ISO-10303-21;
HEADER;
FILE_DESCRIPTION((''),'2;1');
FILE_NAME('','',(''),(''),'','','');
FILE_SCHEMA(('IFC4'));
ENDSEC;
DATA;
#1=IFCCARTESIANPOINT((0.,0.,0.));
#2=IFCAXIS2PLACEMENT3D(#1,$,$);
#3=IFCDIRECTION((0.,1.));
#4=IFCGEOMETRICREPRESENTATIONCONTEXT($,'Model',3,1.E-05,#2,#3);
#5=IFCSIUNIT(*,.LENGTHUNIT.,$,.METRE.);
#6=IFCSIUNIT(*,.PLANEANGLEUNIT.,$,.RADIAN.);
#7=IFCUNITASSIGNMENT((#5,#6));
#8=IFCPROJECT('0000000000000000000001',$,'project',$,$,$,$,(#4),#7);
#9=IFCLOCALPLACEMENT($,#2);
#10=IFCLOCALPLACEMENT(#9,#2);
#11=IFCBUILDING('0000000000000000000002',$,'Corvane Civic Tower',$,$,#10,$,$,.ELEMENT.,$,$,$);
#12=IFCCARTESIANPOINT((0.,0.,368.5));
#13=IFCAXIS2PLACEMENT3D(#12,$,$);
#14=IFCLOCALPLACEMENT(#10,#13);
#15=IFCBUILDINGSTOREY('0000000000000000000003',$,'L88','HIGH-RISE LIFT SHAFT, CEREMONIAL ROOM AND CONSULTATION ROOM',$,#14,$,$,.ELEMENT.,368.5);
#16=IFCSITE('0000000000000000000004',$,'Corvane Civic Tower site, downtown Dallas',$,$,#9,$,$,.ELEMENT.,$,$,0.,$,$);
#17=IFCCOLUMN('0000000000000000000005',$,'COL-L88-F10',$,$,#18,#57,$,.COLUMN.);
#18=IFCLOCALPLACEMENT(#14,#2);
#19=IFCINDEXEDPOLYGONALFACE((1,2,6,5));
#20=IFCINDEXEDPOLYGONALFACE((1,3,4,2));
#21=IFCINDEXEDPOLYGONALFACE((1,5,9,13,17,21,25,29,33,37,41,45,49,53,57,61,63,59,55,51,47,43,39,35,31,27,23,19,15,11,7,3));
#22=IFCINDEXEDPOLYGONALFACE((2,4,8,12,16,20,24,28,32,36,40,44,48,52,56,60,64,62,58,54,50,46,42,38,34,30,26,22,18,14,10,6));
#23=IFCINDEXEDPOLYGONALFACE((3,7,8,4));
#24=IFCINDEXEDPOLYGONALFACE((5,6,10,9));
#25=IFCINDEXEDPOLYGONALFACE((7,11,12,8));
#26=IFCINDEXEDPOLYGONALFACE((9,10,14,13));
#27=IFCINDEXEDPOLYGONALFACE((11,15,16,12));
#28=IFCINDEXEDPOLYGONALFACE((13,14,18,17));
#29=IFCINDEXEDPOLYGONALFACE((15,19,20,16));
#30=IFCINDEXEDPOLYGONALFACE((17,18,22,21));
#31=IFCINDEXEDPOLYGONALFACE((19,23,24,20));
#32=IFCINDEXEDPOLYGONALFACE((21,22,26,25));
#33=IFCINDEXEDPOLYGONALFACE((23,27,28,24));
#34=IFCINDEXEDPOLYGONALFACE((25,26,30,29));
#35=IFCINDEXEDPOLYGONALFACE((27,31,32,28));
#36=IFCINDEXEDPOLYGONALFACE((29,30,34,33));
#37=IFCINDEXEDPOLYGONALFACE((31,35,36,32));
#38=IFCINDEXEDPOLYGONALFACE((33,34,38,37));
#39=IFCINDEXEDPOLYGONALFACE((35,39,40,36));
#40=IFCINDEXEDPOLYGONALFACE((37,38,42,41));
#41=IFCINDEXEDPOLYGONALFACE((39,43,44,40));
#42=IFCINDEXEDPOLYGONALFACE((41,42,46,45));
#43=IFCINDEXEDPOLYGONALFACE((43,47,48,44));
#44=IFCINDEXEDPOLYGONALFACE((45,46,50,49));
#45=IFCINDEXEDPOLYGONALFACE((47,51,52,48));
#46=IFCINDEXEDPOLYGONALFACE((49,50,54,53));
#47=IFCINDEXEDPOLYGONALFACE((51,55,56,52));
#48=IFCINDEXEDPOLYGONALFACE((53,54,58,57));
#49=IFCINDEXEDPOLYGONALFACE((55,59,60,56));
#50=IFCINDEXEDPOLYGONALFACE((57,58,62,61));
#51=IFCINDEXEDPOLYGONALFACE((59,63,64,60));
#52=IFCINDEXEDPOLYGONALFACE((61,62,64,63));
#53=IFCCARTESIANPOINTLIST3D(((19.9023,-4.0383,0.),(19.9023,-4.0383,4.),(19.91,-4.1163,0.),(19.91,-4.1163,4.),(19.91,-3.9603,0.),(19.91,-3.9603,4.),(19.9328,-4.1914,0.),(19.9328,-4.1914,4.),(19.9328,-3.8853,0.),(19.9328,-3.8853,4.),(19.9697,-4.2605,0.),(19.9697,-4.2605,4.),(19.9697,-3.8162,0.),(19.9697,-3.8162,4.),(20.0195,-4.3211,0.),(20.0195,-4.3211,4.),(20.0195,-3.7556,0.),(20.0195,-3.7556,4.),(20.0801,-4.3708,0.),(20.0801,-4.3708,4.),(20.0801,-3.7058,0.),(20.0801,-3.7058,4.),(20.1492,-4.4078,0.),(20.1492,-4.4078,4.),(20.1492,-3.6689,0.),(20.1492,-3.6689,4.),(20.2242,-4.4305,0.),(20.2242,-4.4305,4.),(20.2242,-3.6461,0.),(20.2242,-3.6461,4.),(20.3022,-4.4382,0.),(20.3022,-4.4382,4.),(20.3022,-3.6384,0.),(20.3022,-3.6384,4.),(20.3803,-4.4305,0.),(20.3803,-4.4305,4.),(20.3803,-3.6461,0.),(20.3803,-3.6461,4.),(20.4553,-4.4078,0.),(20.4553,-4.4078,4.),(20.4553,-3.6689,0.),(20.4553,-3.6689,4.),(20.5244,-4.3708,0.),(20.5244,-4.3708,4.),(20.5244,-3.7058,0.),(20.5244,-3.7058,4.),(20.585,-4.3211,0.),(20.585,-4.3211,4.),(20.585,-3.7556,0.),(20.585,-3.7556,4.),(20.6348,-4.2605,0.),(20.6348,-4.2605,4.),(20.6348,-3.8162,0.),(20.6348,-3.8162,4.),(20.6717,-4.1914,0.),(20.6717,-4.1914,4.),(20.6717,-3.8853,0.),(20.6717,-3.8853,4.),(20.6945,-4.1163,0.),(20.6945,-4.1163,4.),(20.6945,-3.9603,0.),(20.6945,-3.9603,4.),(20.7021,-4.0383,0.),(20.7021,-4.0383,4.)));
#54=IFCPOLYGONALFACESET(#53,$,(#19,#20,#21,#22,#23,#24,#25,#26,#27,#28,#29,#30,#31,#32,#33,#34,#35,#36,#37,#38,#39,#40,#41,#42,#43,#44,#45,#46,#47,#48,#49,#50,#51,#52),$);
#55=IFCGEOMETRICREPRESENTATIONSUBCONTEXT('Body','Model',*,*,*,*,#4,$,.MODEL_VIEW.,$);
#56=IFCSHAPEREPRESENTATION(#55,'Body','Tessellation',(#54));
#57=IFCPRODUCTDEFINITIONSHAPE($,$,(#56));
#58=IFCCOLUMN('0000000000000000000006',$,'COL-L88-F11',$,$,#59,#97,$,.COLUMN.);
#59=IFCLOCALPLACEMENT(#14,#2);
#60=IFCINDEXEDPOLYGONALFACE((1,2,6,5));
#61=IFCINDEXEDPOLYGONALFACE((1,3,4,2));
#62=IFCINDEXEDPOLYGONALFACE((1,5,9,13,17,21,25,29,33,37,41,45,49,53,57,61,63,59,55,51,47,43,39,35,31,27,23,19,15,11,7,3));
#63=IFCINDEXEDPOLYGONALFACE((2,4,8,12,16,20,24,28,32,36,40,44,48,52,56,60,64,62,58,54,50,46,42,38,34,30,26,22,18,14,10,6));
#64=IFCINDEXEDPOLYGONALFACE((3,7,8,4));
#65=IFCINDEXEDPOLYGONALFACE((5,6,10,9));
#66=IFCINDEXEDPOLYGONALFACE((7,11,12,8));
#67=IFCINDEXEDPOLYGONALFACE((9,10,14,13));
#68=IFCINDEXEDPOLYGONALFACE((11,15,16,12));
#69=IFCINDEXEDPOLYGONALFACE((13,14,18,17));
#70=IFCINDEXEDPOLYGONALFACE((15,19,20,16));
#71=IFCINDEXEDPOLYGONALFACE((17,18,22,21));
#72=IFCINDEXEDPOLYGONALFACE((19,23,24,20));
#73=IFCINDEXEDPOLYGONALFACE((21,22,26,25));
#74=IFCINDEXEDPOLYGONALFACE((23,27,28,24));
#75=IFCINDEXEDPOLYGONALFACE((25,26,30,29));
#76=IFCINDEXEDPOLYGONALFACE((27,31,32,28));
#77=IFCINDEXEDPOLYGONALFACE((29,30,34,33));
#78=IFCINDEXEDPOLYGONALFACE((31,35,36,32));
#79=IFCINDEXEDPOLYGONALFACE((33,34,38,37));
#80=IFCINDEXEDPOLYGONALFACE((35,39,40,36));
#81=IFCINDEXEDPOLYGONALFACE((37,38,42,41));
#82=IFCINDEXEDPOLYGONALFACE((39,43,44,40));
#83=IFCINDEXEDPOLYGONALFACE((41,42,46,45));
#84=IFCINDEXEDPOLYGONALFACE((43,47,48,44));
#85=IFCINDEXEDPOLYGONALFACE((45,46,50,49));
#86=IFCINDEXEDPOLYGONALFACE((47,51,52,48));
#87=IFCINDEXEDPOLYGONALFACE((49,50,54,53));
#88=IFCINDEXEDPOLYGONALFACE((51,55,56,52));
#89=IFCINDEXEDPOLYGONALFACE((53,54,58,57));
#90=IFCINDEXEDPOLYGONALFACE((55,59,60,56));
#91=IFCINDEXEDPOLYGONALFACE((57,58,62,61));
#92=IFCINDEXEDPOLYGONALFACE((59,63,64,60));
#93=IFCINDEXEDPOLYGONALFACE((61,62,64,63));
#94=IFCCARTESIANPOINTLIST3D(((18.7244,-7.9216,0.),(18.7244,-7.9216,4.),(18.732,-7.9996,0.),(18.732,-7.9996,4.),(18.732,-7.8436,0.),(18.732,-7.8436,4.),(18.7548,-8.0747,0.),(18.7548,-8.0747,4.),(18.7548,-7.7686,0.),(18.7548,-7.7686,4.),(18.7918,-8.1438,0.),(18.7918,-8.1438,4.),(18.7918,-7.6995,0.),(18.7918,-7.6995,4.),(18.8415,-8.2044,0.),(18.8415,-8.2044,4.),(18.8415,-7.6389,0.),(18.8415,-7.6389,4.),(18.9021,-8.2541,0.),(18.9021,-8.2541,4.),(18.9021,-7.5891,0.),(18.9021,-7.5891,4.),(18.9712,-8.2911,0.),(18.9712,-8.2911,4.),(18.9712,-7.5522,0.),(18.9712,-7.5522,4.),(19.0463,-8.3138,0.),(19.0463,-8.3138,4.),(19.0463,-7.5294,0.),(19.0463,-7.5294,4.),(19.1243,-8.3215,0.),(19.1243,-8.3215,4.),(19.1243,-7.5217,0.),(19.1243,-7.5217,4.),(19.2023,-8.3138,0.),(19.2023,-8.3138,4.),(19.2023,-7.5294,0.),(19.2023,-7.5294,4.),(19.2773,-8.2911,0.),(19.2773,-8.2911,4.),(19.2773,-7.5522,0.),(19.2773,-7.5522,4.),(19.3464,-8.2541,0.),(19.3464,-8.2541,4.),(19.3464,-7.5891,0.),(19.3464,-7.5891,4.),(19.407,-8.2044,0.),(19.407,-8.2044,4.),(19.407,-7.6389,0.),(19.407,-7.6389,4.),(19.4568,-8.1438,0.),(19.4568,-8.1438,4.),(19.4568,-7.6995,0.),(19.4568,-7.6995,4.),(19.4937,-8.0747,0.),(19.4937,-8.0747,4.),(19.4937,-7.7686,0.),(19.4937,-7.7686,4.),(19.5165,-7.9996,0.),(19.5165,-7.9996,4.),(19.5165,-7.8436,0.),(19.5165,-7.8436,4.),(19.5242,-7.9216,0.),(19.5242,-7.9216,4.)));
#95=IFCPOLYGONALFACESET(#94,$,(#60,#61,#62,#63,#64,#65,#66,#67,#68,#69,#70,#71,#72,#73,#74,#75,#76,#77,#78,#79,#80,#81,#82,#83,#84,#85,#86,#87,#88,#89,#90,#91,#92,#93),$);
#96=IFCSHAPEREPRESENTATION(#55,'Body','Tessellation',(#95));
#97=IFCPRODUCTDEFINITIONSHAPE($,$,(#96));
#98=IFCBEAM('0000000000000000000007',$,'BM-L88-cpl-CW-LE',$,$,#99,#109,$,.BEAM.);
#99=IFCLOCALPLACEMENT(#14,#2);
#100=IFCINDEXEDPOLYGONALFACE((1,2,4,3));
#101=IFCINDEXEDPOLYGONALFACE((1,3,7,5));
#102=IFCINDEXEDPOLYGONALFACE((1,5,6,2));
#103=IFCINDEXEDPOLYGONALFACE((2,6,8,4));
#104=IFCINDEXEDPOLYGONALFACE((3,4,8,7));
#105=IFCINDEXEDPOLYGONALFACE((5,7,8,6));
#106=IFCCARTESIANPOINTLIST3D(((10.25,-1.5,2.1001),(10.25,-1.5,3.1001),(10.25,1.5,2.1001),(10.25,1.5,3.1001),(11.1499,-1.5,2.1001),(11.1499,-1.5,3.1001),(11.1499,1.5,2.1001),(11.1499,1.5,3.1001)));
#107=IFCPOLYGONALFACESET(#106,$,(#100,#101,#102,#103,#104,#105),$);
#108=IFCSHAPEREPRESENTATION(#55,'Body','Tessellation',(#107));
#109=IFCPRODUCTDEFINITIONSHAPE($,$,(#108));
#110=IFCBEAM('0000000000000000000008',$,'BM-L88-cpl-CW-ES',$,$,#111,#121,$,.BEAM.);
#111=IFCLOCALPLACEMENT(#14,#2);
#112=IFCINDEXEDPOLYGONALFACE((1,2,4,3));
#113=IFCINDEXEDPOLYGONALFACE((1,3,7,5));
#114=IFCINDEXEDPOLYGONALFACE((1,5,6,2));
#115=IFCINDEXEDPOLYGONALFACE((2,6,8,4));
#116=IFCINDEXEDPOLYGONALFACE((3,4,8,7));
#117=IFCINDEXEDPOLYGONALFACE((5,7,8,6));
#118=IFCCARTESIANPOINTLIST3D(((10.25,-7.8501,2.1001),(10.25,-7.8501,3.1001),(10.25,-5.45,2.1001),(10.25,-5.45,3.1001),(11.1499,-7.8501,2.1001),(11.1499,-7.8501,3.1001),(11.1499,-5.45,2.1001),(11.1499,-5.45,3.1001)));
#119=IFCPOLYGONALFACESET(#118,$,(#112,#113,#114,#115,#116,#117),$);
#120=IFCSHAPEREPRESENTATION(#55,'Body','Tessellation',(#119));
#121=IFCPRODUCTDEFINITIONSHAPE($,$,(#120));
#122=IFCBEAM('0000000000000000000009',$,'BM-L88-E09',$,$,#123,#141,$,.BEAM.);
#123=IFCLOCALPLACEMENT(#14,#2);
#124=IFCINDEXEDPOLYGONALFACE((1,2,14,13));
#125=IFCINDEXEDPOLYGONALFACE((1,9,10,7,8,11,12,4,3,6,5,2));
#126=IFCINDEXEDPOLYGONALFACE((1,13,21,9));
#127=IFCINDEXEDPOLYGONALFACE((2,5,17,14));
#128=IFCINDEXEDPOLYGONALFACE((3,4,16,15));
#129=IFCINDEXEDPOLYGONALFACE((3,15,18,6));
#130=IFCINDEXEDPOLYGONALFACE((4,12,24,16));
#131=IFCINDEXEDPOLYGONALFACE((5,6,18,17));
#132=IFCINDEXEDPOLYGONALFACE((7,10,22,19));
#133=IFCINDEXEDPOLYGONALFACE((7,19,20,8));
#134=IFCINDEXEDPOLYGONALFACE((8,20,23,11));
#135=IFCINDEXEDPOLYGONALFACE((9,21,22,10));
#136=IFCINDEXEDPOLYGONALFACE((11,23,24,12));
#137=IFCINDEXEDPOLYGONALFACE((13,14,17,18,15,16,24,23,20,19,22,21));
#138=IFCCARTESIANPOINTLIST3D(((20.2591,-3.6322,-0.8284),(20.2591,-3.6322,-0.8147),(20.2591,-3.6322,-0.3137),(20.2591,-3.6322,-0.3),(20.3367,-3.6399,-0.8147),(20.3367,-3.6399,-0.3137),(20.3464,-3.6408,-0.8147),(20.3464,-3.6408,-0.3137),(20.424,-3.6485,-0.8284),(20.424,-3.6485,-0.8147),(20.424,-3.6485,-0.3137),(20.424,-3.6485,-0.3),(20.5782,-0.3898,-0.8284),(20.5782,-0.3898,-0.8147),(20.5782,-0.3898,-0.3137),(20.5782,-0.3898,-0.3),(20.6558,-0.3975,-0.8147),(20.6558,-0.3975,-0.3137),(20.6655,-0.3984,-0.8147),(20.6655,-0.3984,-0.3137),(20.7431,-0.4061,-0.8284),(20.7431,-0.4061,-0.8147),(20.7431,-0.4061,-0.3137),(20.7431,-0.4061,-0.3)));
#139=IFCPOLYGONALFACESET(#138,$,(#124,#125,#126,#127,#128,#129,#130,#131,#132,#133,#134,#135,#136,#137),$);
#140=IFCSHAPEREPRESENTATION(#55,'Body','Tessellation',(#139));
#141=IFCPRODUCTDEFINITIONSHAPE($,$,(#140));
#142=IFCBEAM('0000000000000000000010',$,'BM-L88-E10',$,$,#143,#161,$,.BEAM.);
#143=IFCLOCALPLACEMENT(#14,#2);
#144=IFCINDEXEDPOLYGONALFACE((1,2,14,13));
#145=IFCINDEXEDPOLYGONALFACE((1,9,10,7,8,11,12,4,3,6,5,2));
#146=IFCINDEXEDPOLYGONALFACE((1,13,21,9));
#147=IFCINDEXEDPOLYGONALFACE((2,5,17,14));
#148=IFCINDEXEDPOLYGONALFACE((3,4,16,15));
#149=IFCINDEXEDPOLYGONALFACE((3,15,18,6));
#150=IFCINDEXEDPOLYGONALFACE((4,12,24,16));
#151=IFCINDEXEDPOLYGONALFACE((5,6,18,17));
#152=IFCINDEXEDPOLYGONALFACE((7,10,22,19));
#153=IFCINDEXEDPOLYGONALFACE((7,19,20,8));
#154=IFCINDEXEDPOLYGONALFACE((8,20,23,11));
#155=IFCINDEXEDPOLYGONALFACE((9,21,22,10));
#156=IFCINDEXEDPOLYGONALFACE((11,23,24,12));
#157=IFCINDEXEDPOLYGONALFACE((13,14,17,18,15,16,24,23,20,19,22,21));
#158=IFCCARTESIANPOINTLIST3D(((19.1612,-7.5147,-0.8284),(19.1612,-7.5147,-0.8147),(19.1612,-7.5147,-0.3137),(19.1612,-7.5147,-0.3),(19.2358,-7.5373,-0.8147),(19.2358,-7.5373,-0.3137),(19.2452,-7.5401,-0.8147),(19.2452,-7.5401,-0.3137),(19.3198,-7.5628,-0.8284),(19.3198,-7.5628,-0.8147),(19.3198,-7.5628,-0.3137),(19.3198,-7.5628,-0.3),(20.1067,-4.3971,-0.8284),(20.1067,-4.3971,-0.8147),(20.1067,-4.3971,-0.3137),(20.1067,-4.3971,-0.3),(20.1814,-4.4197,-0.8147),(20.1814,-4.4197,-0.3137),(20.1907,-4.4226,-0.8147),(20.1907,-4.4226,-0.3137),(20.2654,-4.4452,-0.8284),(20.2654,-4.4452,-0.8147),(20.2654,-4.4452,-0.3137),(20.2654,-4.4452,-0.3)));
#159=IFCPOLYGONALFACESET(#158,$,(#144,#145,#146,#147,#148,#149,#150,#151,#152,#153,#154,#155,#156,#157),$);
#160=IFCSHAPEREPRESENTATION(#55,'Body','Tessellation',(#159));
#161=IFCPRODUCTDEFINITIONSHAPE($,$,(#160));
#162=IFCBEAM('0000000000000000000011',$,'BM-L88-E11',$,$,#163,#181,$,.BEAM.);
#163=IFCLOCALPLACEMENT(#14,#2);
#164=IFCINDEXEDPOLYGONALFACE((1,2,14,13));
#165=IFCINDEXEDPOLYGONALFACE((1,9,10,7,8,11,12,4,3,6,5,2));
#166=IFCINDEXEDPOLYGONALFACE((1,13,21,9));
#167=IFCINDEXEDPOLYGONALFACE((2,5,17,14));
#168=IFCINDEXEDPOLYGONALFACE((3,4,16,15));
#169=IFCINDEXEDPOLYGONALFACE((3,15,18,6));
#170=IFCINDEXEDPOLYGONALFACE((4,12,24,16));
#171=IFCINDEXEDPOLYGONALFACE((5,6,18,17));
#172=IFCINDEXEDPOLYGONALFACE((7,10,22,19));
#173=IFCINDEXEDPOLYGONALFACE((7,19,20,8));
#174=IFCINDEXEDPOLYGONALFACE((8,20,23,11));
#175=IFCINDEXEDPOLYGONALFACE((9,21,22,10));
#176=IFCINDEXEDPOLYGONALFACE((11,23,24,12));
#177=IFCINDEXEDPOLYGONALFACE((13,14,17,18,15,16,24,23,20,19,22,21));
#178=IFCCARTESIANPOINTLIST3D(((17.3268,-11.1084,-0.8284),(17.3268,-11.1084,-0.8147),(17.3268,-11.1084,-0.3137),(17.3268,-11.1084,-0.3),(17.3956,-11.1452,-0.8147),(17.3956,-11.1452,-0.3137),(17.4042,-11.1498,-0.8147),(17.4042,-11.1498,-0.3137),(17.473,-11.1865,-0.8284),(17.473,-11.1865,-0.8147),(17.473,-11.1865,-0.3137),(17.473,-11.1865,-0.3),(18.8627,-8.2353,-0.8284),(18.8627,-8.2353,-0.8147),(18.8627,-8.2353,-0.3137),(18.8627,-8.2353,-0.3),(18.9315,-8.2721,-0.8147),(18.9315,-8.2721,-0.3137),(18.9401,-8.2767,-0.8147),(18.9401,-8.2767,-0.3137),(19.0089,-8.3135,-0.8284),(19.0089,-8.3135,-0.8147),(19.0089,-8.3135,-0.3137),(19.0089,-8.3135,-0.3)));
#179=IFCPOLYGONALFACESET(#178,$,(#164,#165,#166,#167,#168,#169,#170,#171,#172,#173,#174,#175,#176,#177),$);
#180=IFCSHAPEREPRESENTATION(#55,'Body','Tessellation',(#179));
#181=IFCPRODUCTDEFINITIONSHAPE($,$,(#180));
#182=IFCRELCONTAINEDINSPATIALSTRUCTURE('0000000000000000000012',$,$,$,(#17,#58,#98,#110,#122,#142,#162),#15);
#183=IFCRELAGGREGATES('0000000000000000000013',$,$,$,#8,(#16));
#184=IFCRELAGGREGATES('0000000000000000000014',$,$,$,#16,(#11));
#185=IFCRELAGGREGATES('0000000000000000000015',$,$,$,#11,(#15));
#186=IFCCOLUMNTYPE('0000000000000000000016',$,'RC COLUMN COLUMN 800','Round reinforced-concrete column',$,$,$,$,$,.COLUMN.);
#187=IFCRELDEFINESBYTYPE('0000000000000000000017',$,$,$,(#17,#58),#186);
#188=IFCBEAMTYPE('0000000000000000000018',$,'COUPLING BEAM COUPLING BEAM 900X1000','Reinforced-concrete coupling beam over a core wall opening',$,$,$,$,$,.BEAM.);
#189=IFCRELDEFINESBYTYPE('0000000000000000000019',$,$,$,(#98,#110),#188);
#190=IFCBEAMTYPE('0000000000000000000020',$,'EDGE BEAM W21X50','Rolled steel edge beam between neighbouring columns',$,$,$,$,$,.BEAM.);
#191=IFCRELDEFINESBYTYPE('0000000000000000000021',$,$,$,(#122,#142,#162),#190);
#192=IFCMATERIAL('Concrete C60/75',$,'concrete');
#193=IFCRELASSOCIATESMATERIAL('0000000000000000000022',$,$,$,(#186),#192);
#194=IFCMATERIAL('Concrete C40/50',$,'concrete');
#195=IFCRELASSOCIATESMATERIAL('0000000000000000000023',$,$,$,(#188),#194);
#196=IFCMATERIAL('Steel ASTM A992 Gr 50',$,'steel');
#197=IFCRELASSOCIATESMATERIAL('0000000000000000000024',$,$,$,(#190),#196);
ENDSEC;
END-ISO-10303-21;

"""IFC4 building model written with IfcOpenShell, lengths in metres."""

from ifc_helpers import new_model, si_unit, direction, frame, origin, origin_2d, place, context, subcontext, project, spatial, rectangle, circle, i_section, extrude, material, material_profile, profile_set, type_object, element, save


model = new_model("IFC4")

# Units and contexts
model_context = context("Model", 3, precision=1e-05, world=origin(), true_north=direction((0.0, 1.0)))
body_context = subcontext(model_context, "Body", "Model", "MODEL_VIEW")
ifc_project = project(units=[si_unit("LENGTHUNIT", "METRE"), si_unit("PLANEANGLEUNIT", "RADIAN")], contexts=[model_context])

# Site, building, storey
site_placement = place(None, origin())
site = spatial("IfcSite", under=ifc_project, at=site_placement, Name="Corvane Civic Tower site, downtown Dallas", CompositionType="ELEMENT", RefElevation=0.0)
building_placement = place(site_placement, origin())
building = spatial("IfcBuilding", under=site, at=building_placement, Name="Corvane Civic Tower", CompositionType="ELEMENT")
storey_placement = place(building_placement, frame((0.0, 0.0, 368.5)))
storey = spatial("IfcBuildingStorey", under=building, at=storey_placement, Name="L88", Description="HIGH-RISE LIFT SHAFT, CEREMONIAL ROOM AND CONSULTATION ROOM", CompositionType="ELEMENT", Elevation=368.5)

# Columns
ifc_material_1 = material(Name="Concrete C60/75", Category="concrete")
ifc_material_profile_1 = material_profile(ifc_material_1, circle(Radius=0.3999, at=origin_2d()), Name="COLUMN 800")
ifc_profile_set_1 = profile_set([ifc_material_profile_1], Name="Concrete C60/75")
column_type = type_object("IfcColumnType", Name="RC COLUMN COLUMN 800", Description="Round reinforced-concrete column", PredefinedType="COLUMN", material=ifc_profile_set_1)
for number, where, z_axis, x_axis, name in (
    (1, (20.3022, -4.0383, 0.0), (0.0, 0.0, 1.0), (1.0, 0.0, 0.0), "COL-L88-F10"),
    (2, (19.1243, -7.9216, 0.0), (0.0, 0.0, 1.0), (1.0, 0.0, 0.0), "COL-L88-F11"),
):
    element("IfcColumn", number, at=place(storey_placement, frame(where, z_axis=z_axis, x_axis=x_axis)), inside=storey, type_object=column_type, Name=name, PredefinedType="COLUMN", context=body_context, shape_type="SweptSolid", body=[
        extrude(circle(Radius=0.3999, at=origin_2d()), origin(), (0.0, 0.0, 1.0), 4.0),
    ])

# Beams
ifc_material_2 = material(Name="Concrete C40/50", Category="concrete")
ifc_material_profile_2 = material_profile(ifc_material_2, rectangle(XDim=0.8999, YDim=1.0, at=origin_2d()), Name="COUPLING BEAM 900X1000")
ifc_profile_set_2 = profile_set([ifc_material_profile_2], Name="Concrete C40/50")
beam_type_1 = type_object("IfcBeamType", Name="COUPLING BEAM COUPLING BEAM 900X1000", Description="Reinforced-concrete coupling beam over a core wall opening", PredefinedType="BEAM", material=ifc_profile_set_2)
beam_1_placement = place(storey_placement, frame((10.7, -1.5, 2.6001), z_axis=(0.0, 1.0, 0.0), x_axis=(-1.0, 0.0, 0.0)))
element("IfcBeam", 3, at=beam_1_placement, inside=storey, type_object=beam_type_1, Name="BM-L88-cpl-CW-LE", PredefinedType="BEAM", context=body_context, shape_type="SweptSolid", body=[
    extrude(rectangle(XDim=0.8999, YDim=1.0, at=origin_2d()), origin(), (0.0, 0.0, 1.0), 3.0),
])
beam_2_placement = place(storey_placement, frame((10.7, -7.8501, 2.6001), z_axis=(0.0, 1.0, 0.0), x_axis=(-1.0, 0.0, 0.0)))
element("IfcBeam", 4, at=beam_2_placement, inside=storey, type_object=beam_type_1, Name="BM-L88-cpl-CW-ES", PredefinedType="BEAM", context=body_context, shape_type="SweptSolid", body=[
    extrude(rectangle(XDim=0.8999, YDim=1.0, at=origin_2d()), origin(), (0.0, 0.0, 1.0), 2.4001),
])
ifc_material_3 = material(Name="Steel ASTM A992 Gr 50", Category="steel")
ifc_material_profile_3 = material_profile(ifc_material_3, i_section(OverallWidth=0.1658, OverallDepth=0.5283, WebThickness=0.0098, FlangeThickness=0.0137, at=origin_2d()), Name="W21X50")
ifc_profile_set_3 = profile_set([ifc_material_profile_3], Name="Steel ASTM A992 Gr 50")
beam_type_2 = type_object("IfcBeamType", Name="EDGE BEAM W21X50", Description="Rolled steel edge beam between neighbouring columns", PredefinedType="BEAM", material=ifc_profile_set_3)
beam_3_placement = place(storey_placement, frame((20.6606, -0.3979, -0.5642), z_axis=(-0.097938, -0.995193, 0.0), x_axis=(0.995193, -0.097938, 0.0)))
element("IfcBeam", 5, at=beam_3_placement, inside=storey, type_object=beam_type_2, Name="BM-L88-E09", PredefinedType="BEAM", context=body_context, shape_type="SweptSolid", body=[
    extrude(i_section(OverallWidth=0.1658, OverallDepth=0.5283, WebThickness=0.0098, FlangeThickness=0.0137, at=origin_2d()), origin(), (0.0, 0.0, 1.0), 3.2581),
])
for number, where, z_axis, x_axis, name in (
    (6, (20.186, -4.4211, -0.5642), (-0.290234, -0.956956, 0.0), (0.956956, -0.290234, 0.0), "BM-L88-E10"),
    (7, (18.9358, -8.2744, -0.5642), (-0.471448, -0.881894, 0.0), (0.881894, -0.471448, 0.0), "BM-L88-E11"),
):
    element("IfcBeam", number, at=place(storey_placement, frame(where, z_axis=z_axis, x_axis=x_axis)), inside=storey, type_object=beam_type_2, Name=name, PredefinedType="BEAM", context=body_context, shape_type="SweptSolid", body=[
        extrude(i_section(OverallWidth=0.1658, OverallDepth=0.5283, WebThickness=0.0098, FlangeThickness=0.0137, at=origin_2d()), origin(), (0.0, 0.0, 1.0), 3.2578),
    ])

save(model, "model.ifc")
